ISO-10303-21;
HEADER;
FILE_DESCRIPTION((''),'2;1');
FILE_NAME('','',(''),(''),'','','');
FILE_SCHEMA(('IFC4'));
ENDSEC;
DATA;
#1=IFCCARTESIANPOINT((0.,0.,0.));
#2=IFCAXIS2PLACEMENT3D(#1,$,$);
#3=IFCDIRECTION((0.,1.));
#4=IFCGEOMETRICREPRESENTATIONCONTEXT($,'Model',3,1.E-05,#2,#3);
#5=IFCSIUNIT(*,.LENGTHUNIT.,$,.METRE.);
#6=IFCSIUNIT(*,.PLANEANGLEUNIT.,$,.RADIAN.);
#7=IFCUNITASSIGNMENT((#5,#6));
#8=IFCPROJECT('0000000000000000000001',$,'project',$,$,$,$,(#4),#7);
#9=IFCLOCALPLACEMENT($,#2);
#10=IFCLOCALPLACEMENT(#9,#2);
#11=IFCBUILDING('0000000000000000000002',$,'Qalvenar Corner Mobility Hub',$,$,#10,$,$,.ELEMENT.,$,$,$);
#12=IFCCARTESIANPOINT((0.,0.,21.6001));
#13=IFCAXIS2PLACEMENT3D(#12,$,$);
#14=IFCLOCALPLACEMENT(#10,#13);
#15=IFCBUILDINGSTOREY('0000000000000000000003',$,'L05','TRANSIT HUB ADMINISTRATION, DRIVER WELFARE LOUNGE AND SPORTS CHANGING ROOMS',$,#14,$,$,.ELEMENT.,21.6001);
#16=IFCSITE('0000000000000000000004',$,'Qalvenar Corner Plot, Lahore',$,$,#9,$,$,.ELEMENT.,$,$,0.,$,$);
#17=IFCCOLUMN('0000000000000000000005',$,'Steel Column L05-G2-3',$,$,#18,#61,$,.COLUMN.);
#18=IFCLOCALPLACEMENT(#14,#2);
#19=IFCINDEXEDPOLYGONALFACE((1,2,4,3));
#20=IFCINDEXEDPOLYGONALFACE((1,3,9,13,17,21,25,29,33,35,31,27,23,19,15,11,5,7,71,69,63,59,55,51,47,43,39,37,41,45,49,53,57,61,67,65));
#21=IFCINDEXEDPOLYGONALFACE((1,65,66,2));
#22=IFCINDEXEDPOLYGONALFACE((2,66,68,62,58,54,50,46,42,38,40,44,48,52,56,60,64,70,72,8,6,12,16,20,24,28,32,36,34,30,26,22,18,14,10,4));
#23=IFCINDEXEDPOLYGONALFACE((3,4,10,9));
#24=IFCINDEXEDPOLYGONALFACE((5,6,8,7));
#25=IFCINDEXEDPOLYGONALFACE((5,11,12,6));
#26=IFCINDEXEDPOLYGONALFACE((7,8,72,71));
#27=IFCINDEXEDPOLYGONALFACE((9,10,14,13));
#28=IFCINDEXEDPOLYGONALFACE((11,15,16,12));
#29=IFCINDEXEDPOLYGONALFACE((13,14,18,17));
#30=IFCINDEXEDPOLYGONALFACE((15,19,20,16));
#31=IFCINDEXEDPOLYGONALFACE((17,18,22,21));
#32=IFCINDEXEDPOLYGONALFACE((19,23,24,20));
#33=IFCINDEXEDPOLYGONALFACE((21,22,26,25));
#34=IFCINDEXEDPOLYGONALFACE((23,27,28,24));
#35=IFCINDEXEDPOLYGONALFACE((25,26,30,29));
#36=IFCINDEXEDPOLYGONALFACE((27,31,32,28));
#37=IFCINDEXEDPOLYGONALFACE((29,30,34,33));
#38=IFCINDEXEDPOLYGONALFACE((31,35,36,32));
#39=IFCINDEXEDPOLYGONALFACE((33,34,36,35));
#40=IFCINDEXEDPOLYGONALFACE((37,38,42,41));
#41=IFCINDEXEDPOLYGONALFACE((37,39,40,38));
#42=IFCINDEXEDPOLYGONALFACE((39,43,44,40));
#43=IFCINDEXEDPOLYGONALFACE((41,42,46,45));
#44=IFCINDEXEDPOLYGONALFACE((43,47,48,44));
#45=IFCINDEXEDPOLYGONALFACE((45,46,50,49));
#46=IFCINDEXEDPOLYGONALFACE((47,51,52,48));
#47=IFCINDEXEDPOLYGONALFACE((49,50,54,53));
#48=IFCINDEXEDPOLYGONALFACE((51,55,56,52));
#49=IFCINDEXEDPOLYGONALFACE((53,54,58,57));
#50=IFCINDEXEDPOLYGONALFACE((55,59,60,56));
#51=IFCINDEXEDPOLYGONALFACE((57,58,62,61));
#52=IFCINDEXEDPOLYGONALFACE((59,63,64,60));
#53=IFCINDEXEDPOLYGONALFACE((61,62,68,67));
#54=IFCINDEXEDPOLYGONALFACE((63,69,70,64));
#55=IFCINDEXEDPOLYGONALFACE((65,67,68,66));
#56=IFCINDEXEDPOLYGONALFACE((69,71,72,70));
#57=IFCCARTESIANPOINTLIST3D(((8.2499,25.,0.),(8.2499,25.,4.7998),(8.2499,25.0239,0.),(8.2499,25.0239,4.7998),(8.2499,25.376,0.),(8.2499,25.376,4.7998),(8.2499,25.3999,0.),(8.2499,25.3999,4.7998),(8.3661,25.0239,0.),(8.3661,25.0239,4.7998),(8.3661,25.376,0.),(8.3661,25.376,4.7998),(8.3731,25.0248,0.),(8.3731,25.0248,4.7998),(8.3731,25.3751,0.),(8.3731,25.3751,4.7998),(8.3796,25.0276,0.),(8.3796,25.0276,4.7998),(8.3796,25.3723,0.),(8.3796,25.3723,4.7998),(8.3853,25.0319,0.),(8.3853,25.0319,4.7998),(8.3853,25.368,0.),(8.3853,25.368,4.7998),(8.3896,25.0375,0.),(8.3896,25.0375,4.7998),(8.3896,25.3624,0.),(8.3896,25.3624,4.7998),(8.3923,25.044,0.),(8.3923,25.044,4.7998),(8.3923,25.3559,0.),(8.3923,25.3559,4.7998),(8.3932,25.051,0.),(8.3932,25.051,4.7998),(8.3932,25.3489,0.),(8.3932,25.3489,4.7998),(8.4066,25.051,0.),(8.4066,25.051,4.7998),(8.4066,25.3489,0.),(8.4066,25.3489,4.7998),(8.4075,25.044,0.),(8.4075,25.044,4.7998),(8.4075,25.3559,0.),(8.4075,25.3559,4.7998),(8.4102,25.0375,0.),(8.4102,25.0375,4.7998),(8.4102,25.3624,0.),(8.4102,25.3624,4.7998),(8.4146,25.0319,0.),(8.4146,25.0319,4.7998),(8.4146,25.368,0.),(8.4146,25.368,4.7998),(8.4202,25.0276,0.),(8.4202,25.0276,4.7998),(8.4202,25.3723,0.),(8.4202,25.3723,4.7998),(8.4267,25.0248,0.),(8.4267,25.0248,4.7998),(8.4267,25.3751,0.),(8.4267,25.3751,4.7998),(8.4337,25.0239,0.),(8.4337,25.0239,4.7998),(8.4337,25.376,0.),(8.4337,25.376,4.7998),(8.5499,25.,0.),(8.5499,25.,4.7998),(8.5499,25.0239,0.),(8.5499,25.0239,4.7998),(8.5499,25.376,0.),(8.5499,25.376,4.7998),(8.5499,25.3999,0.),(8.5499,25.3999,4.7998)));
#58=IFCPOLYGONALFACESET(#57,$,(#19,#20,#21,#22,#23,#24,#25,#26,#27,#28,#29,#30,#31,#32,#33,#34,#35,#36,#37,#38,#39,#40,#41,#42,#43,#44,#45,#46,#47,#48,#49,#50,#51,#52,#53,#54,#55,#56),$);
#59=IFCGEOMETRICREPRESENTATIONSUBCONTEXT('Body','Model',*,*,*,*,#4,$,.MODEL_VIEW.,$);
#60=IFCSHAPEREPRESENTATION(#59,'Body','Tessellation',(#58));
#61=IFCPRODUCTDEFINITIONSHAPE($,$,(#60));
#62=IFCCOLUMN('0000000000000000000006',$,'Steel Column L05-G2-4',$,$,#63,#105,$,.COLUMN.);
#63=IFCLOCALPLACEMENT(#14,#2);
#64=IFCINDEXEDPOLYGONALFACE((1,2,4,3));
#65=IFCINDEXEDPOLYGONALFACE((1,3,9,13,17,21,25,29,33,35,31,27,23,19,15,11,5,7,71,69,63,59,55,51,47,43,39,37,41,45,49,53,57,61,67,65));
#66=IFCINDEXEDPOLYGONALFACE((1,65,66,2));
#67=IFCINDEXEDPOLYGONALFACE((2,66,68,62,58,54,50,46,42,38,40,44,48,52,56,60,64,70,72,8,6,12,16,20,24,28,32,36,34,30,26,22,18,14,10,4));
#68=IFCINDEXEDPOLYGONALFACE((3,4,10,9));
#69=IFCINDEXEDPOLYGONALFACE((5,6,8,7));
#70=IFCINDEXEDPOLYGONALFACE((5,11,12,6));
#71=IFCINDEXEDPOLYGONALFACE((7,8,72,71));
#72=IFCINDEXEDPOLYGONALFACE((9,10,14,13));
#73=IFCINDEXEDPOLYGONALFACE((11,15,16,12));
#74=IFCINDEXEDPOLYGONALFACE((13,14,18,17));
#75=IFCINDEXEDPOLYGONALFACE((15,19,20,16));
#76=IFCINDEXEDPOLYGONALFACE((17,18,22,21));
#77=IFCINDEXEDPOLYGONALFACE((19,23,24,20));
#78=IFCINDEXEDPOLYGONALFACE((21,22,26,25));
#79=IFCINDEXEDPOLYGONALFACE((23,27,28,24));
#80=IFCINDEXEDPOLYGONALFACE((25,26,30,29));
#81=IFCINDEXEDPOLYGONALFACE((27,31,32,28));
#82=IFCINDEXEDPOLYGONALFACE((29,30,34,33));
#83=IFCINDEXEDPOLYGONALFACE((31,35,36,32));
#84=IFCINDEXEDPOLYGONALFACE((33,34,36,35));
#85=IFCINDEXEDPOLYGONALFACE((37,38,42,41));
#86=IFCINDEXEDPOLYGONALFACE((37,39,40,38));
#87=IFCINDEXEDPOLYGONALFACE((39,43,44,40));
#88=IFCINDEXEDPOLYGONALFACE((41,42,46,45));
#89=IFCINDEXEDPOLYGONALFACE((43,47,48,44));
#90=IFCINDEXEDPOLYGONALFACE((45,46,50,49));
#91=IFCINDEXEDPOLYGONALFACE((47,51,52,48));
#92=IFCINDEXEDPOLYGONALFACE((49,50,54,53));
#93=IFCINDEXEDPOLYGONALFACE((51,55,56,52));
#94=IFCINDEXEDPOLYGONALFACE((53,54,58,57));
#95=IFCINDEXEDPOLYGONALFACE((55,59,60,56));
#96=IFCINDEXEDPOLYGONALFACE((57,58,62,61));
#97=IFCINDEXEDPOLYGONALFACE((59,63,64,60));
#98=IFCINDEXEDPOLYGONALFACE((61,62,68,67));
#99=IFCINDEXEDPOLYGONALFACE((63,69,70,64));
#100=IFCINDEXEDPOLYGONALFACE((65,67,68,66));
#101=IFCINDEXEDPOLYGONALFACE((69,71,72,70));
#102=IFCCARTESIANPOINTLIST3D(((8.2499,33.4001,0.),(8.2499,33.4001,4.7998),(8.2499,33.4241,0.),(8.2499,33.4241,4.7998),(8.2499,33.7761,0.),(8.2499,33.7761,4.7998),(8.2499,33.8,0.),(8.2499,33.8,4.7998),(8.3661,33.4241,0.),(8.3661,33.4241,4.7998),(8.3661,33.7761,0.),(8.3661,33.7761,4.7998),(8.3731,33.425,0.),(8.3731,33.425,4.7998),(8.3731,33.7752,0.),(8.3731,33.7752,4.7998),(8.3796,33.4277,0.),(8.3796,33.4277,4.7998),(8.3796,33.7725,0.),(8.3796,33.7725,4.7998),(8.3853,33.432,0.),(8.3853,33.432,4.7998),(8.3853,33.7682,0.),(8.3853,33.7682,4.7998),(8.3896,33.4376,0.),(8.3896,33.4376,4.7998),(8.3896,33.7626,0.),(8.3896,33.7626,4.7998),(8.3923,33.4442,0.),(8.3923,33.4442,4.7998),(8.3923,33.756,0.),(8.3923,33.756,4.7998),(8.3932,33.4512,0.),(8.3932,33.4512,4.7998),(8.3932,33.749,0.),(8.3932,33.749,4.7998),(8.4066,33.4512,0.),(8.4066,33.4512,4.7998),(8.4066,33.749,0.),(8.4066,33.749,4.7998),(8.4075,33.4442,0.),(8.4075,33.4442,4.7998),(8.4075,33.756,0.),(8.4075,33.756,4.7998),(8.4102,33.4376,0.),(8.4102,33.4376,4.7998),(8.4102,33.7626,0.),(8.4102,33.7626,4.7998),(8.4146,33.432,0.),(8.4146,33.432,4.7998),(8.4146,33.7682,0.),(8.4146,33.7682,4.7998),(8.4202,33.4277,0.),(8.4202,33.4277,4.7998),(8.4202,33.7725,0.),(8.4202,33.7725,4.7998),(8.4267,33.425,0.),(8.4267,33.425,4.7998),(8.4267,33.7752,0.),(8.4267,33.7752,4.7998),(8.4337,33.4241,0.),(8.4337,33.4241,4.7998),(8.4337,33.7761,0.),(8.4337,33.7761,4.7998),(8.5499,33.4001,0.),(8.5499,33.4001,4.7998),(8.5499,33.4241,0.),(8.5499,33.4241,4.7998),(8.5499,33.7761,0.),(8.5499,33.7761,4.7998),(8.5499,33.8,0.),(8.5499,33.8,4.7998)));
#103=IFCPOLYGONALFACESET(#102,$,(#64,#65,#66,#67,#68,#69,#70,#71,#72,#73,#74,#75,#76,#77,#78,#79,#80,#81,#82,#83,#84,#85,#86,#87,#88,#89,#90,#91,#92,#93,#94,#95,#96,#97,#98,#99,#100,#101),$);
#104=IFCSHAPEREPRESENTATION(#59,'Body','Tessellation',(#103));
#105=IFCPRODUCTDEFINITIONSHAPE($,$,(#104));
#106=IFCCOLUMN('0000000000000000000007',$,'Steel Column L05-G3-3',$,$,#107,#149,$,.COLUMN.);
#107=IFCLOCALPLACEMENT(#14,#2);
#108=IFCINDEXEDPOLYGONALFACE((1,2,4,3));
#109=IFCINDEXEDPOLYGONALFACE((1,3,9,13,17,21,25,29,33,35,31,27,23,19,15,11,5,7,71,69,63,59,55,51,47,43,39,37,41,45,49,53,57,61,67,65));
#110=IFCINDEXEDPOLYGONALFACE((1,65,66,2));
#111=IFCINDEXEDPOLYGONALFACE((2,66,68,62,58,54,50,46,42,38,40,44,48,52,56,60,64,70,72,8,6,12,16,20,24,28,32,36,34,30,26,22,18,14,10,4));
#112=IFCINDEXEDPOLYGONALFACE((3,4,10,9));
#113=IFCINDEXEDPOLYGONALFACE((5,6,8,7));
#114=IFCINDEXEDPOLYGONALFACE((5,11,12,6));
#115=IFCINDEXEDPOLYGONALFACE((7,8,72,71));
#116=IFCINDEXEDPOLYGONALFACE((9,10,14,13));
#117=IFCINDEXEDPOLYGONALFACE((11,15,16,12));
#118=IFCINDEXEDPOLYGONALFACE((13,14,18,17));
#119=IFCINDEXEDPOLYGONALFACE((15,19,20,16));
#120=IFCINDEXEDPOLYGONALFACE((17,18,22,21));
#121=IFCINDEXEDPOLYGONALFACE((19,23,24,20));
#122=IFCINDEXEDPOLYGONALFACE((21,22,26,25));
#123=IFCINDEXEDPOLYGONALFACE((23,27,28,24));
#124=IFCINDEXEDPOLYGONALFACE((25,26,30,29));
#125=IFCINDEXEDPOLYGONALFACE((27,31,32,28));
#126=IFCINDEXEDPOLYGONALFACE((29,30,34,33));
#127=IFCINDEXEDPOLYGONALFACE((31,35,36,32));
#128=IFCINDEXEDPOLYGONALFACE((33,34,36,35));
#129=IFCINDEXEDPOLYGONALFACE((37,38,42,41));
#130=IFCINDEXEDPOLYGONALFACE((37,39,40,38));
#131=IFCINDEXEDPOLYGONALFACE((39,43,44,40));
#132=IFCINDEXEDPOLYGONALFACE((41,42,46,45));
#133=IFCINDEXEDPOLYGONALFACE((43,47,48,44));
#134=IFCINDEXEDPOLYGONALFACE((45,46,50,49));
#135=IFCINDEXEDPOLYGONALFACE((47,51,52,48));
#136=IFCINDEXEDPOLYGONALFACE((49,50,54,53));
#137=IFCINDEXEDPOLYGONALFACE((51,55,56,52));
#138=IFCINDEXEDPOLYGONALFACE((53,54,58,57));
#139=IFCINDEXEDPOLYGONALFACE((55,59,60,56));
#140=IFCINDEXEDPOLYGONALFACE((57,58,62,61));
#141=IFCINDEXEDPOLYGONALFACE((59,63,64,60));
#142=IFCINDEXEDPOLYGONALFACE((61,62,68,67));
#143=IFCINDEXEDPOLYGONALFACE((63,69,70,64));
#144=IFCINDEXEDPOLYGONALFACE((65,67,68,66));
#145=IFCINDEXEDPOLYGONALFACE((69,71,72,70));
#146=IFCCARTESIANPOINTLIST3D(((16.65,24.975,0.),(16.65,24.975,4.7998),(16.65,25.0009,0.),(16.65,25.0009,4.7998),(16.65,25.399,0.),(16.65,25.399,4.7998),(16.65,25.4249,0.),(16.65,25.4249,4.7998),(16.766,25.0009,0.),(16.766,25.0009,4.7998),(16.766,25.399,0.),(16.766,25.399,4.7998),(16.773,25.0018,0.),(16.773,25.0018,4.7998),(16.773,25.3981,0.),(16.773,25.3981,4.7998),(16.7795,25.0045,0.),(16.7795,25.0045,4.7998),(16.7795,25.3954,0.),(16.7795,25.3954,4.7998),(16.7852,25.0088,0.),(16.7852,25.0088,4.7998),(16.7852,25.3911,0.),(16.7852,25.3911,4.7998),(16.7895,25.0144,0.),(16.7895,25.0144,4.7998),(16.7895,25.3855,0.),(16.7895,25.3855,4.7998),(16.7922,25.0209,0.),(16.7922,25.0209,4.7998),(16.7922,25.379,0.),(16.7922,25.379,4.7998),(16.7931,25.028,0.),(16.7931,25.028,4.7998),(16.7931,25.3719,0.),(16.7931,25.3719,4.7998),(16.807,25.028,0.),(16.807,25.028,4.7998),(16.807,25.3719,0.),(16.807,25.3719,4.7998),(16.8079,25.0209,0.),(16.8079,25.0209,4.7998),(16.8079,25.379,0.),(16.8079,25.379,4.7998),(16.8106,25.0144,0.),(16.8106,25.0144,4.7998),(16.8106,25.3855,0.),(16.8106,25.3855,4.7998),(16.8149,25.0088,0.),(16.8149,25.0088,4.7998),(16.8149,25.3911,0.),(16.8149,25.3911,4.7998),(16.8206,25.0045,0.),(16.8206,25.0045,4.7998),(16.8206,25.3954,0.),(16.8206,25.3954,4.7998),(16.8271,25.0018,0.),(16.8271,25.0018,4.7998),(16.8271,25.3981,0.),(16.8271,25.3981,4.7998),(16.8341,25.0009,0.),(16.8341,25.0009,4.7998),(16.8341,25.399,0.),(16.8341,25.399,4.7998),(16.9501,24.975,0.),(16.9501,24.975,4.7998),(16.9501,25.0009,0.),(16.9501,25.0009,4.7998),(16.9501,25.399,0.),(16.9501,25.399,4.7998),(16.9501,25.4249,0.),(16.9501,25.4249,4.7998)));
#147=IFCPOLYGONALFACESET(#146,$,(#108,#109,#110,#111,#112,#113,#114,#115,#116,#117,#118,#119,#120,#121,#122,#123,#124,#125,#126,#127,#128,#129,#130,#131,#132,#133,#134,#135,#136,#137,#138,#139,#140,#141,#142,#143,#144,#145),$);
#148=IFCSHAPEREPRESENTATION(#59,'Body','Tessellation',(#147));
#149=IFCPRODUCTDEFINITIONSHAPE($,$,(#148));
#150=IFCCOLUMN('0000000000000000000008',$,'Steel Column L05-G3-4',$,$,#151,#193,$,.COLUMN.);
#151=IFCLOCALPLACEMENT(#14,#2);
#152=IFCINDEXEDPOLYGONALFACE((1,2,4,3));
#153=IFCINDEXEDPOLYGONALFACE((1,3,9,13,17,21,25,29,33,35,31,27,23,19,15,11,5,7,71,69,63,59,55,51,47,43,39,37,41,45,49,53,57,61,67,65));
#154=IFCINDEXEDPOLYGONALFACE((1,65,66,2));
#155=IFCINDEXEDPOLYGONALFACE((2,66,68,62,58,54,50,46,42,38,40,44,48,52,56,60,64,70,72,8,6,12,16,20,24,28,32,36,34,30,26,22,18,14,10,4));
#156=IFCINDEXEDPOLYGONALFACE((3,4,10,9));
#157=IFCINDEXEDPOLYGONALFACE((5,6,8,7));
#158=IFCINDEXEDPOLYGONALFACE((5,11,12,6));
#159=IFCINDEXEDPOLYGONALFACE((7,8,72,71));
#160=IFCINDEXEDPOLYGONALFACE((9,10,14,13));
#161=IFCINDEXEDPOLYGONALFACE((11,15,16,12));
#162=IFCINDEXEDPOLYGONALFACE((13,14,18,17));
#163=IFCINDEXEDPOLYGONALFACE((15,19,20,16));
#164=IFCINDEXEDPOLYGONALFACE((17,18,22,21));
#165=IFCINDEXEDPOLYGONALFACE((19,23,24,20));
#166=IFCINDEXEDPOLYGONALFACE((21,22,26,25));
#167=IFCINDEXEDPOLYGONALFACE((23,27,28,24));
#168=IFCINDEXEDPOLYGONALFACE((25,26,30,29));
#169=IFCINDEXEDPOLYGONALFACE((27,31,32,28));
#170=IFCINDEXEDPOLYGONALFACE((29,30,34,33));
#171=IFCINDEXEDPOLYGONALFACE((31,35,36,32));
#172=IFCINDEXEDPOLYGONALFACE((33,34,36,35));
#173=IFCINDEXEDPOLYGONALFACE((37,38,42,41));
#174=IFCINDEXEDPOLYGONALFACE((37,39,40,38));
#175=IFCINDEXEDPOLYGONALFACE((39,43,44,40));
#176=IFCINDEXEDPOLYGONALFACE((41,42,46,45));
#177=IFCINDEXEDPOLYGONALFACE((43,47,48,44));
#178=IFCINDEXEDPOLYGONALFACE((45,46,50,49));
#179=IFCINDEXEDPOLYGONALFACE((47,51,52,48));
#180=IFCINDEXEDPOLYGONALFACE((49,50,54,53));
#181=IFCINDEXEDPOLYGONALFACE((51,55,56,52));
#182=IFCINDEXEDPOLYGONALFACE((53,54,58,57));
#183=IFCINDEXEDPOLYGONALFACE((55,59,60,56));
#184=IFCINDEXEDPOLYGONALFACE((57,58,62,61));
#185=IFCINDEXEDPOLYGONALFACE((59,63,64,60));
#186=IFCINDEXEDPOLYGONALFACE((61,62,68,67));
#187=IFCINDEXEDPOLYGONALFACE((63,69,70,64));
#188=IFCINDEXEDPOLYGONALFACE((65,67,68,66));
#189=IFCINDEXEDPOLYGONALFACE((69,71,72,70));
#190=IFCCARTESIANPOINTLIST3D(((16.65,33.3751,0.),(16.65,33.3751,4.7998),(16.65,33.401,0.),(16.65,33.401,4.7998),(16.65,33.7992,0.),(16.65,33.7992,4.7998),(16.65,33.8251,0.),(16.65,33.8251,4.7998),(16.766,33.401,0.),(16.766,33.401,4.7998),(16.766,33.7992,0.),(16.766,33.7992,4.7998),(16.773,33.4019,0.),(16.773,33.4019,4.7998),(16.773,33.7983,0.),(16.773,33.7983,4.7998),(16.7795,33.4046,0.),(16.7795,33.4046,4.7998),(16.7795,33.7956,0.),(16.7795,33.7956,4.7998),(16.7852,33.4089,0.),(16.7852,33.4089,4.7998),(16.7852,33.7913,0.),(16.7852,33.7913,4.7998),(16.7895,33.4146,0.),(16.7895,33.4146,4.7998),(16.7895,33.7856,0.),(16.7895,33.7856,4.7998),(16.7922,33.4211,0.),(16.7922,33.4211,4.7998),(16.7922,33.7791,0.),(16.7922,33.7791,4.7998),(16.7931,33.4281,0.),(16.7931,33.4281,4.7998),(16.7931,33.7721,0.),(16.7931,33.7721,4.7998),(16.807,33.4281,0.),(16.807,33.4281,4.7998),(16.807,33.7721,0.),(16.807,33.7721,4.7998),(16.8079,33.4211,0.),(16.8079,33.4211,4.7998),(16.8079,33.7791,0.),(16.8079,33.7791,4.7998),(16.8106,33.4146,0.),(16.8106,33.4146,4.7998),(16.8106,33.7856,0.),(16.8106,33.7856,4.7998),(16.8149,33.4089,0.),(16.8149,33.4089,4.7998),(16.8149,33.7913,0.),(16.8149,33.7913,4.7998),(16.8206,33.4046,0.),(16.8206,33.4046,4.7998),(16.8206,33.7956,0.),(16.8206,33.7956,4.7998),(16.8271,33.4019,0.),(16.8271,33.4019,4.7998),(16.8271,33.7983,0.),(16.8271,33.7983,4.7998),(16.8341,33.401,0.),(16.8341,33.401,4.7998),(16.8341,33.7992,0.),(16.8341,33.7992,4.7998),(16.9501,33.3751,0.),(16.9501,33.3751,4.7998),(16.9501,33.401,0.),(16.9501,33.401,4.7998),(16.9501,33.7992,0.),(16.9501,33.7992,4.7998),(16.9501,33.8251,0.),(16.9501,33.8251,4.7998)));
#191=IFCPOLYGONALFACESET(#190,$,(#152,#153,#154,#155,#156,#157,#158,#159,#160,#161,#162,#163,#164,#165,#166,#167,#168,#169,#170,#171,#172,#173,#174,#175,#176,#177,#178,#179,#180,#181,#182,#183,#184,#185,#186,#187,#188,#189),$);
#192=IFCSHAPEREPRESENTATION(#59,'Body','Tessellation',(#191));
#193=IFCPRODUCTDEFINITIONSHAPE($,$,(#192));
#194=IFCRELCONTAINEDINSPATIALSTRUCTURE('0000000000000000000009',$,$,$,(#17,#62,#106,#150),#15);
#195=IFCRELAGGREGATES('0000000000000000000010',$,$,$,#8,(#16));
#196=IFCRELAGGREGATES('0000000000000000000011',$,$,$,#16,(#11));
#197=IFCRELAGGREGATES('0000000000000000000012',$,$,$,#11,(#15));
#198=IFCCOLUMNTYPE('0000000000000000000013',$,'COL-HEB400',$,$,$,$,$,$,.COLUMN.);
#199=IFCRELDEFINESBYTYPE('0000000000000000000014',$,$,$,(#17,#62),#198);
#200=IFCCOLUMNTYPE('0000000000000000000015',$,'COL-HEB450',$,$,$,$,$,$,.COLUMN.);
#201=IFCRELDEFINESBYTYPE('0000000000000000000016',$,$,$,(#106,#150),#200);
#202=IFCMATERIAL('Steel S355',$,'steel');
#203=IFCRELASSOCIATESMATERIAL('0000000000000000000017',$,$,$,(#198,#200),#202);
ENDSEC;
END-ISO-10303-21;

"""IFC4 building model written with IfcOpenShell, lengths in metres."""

from ifc_helpers import new_model, si_unit, direction, frame, origin, origin_2d, place, context, subcontext, project, spatial, i_section, extrude, material, material_profile, profile_set, type_object, element, save


model = new_model("IFC4")

# Units and contexts
model_context = context("Model", 3, precision=1e-05, world=origin(), true_north=direction((0.0, 1.0)))
body_context = subcontext(model_context, "Body", "Model", "MODEL_VIEW")
ifc_project = project(units=[si_unit("LENGTHUNIT", "METRE"), si_unit("PLANEANGLEUNIT", "RADIAN")], contexts=[model_context])

# Site, building, storey
site_placement = place(None, origin())
site = spatial("IfcSite", under=ifc_project, at=site_placement, Name="Qalvenar Corner Plot, Lahore", CompositionType="ELEMENT", RefElevation=0.0)
building_placement = place(site_placement, origin())
building = spatial("IfcBuilding", under=site, at=building_placement, Name="Qalvenar Corner Mobility Hub", CompositionType="ELEMENT")
storey_placement = place(building_placement, frame((0.0, 0.0, 21.6001)))
storey = spatial("IfcBuildingStorey", under=building, at=storey_placement, Name="L05", Description="TRANSIT HUB ADMINISTRATION, DRIVER WELFARE LOUNGE AND SPORTS CHANGING ROOMS", CompositionType="ELEMENT", Elevation=21.6001)

# Columns
ifc_material_1 = material(Name="Steel S355", Category="steel")
ifc_material_profile_1 = material_profile(ifc_material_1, i_section(OverallWidth=0.3, OverallDepth=0.3999, WebThickness=0.0134, FlangeThickness=0.0239, FilletRadius=0.0271, at=origin_2d()), Name="HEB400")
ifc_profile_set_1 = profile_set([ifc_material_profile_1], Name="Steel S355")
column_type_1 = type_object("IfcColumnType", Name="COL-HEB400", PredefinedType="COLUMN", material=ifc_profile_set_1)
for number, where, z_axis, x_axis, name in (
    (1, (8.3999, 25.2, 0.0), (0.0, 0.0, 1.0), (1.0, 0.0, 0.0), "Steel Column L05-G2-3"),
    (2, (8.3999, 33.6001, 0.0), (0.0, 0.0, 1.0), (1.0, 0.0, 0.0), "Steel Column L05-G2-4"),
):
    element("IfcColumn", number, at=place(storey_placement, frame(where, z_axis=z_axis, x_axis=x_axis)), inside=storey, type_object=column_type_1, Name=name, PredefinedType="COLUMN", context=body_context, shape_type="SweptSolid", body=[
        extrude(i_section(OverallWidth=0.3, OverallDepth=0.3999, WebThickness=0.0134, FlangeThickness=0.0239, FilletRadius=0.0271, at=origin_2d()), origin(), (0.0, 0.0, 1.0), 4.7998),
    ])
ifc_material_profile_2 = material_profile(ifc_material_1, i_section(OverallWidth=0.3, OverallDepth=0.45, WebThickness=0.0139, FlangeThickness=0.0259, FilletRadius=0.0271, at=origin_2d()), Name="HEB450")
ifc_profile_set_2 = profile_set([ifc_material_profile_2], Name="Steel S355")
column_type_2 = type_object("IfcColumnType", Name="COL-HEB450", PredefinedType="COLUMN", material=ifc_profile_set_2)
for number, where, z_axis, x_axis, name in (
    (3, (16.8, 25.2, 0.0), (0.0, 0.0, 1.0), (1.0, 0.0, 0.0), "Steel Column L05-G3-3"),
    (4, (16.8, 33.6001, 0.0), (0.0, 0.0, 1.0), (1.0, 0.0, 0.0), "Steel Column L05-G3-4"),
):
    element("IfcColumn", number, at=place(storey_placement, frame(where, z_axis=z_axis, x_axis=x_axis)), inside=storey, type_object=column_type_2, Name=name, PredefinedType="COLUMN", context=body_context, shape_type="SweptSolid", body=[
        extrude(i_section(OverallWidth=0.3, OverallDepth=0.45, WebThickness=0.0139, FlangeThickness=0.0259, FilletRadius=0.0271, at=origin_2d()), origin(), (0.0, 0.0, 1.0), 4.7998),
    ])

save(model, "model.ifc")
